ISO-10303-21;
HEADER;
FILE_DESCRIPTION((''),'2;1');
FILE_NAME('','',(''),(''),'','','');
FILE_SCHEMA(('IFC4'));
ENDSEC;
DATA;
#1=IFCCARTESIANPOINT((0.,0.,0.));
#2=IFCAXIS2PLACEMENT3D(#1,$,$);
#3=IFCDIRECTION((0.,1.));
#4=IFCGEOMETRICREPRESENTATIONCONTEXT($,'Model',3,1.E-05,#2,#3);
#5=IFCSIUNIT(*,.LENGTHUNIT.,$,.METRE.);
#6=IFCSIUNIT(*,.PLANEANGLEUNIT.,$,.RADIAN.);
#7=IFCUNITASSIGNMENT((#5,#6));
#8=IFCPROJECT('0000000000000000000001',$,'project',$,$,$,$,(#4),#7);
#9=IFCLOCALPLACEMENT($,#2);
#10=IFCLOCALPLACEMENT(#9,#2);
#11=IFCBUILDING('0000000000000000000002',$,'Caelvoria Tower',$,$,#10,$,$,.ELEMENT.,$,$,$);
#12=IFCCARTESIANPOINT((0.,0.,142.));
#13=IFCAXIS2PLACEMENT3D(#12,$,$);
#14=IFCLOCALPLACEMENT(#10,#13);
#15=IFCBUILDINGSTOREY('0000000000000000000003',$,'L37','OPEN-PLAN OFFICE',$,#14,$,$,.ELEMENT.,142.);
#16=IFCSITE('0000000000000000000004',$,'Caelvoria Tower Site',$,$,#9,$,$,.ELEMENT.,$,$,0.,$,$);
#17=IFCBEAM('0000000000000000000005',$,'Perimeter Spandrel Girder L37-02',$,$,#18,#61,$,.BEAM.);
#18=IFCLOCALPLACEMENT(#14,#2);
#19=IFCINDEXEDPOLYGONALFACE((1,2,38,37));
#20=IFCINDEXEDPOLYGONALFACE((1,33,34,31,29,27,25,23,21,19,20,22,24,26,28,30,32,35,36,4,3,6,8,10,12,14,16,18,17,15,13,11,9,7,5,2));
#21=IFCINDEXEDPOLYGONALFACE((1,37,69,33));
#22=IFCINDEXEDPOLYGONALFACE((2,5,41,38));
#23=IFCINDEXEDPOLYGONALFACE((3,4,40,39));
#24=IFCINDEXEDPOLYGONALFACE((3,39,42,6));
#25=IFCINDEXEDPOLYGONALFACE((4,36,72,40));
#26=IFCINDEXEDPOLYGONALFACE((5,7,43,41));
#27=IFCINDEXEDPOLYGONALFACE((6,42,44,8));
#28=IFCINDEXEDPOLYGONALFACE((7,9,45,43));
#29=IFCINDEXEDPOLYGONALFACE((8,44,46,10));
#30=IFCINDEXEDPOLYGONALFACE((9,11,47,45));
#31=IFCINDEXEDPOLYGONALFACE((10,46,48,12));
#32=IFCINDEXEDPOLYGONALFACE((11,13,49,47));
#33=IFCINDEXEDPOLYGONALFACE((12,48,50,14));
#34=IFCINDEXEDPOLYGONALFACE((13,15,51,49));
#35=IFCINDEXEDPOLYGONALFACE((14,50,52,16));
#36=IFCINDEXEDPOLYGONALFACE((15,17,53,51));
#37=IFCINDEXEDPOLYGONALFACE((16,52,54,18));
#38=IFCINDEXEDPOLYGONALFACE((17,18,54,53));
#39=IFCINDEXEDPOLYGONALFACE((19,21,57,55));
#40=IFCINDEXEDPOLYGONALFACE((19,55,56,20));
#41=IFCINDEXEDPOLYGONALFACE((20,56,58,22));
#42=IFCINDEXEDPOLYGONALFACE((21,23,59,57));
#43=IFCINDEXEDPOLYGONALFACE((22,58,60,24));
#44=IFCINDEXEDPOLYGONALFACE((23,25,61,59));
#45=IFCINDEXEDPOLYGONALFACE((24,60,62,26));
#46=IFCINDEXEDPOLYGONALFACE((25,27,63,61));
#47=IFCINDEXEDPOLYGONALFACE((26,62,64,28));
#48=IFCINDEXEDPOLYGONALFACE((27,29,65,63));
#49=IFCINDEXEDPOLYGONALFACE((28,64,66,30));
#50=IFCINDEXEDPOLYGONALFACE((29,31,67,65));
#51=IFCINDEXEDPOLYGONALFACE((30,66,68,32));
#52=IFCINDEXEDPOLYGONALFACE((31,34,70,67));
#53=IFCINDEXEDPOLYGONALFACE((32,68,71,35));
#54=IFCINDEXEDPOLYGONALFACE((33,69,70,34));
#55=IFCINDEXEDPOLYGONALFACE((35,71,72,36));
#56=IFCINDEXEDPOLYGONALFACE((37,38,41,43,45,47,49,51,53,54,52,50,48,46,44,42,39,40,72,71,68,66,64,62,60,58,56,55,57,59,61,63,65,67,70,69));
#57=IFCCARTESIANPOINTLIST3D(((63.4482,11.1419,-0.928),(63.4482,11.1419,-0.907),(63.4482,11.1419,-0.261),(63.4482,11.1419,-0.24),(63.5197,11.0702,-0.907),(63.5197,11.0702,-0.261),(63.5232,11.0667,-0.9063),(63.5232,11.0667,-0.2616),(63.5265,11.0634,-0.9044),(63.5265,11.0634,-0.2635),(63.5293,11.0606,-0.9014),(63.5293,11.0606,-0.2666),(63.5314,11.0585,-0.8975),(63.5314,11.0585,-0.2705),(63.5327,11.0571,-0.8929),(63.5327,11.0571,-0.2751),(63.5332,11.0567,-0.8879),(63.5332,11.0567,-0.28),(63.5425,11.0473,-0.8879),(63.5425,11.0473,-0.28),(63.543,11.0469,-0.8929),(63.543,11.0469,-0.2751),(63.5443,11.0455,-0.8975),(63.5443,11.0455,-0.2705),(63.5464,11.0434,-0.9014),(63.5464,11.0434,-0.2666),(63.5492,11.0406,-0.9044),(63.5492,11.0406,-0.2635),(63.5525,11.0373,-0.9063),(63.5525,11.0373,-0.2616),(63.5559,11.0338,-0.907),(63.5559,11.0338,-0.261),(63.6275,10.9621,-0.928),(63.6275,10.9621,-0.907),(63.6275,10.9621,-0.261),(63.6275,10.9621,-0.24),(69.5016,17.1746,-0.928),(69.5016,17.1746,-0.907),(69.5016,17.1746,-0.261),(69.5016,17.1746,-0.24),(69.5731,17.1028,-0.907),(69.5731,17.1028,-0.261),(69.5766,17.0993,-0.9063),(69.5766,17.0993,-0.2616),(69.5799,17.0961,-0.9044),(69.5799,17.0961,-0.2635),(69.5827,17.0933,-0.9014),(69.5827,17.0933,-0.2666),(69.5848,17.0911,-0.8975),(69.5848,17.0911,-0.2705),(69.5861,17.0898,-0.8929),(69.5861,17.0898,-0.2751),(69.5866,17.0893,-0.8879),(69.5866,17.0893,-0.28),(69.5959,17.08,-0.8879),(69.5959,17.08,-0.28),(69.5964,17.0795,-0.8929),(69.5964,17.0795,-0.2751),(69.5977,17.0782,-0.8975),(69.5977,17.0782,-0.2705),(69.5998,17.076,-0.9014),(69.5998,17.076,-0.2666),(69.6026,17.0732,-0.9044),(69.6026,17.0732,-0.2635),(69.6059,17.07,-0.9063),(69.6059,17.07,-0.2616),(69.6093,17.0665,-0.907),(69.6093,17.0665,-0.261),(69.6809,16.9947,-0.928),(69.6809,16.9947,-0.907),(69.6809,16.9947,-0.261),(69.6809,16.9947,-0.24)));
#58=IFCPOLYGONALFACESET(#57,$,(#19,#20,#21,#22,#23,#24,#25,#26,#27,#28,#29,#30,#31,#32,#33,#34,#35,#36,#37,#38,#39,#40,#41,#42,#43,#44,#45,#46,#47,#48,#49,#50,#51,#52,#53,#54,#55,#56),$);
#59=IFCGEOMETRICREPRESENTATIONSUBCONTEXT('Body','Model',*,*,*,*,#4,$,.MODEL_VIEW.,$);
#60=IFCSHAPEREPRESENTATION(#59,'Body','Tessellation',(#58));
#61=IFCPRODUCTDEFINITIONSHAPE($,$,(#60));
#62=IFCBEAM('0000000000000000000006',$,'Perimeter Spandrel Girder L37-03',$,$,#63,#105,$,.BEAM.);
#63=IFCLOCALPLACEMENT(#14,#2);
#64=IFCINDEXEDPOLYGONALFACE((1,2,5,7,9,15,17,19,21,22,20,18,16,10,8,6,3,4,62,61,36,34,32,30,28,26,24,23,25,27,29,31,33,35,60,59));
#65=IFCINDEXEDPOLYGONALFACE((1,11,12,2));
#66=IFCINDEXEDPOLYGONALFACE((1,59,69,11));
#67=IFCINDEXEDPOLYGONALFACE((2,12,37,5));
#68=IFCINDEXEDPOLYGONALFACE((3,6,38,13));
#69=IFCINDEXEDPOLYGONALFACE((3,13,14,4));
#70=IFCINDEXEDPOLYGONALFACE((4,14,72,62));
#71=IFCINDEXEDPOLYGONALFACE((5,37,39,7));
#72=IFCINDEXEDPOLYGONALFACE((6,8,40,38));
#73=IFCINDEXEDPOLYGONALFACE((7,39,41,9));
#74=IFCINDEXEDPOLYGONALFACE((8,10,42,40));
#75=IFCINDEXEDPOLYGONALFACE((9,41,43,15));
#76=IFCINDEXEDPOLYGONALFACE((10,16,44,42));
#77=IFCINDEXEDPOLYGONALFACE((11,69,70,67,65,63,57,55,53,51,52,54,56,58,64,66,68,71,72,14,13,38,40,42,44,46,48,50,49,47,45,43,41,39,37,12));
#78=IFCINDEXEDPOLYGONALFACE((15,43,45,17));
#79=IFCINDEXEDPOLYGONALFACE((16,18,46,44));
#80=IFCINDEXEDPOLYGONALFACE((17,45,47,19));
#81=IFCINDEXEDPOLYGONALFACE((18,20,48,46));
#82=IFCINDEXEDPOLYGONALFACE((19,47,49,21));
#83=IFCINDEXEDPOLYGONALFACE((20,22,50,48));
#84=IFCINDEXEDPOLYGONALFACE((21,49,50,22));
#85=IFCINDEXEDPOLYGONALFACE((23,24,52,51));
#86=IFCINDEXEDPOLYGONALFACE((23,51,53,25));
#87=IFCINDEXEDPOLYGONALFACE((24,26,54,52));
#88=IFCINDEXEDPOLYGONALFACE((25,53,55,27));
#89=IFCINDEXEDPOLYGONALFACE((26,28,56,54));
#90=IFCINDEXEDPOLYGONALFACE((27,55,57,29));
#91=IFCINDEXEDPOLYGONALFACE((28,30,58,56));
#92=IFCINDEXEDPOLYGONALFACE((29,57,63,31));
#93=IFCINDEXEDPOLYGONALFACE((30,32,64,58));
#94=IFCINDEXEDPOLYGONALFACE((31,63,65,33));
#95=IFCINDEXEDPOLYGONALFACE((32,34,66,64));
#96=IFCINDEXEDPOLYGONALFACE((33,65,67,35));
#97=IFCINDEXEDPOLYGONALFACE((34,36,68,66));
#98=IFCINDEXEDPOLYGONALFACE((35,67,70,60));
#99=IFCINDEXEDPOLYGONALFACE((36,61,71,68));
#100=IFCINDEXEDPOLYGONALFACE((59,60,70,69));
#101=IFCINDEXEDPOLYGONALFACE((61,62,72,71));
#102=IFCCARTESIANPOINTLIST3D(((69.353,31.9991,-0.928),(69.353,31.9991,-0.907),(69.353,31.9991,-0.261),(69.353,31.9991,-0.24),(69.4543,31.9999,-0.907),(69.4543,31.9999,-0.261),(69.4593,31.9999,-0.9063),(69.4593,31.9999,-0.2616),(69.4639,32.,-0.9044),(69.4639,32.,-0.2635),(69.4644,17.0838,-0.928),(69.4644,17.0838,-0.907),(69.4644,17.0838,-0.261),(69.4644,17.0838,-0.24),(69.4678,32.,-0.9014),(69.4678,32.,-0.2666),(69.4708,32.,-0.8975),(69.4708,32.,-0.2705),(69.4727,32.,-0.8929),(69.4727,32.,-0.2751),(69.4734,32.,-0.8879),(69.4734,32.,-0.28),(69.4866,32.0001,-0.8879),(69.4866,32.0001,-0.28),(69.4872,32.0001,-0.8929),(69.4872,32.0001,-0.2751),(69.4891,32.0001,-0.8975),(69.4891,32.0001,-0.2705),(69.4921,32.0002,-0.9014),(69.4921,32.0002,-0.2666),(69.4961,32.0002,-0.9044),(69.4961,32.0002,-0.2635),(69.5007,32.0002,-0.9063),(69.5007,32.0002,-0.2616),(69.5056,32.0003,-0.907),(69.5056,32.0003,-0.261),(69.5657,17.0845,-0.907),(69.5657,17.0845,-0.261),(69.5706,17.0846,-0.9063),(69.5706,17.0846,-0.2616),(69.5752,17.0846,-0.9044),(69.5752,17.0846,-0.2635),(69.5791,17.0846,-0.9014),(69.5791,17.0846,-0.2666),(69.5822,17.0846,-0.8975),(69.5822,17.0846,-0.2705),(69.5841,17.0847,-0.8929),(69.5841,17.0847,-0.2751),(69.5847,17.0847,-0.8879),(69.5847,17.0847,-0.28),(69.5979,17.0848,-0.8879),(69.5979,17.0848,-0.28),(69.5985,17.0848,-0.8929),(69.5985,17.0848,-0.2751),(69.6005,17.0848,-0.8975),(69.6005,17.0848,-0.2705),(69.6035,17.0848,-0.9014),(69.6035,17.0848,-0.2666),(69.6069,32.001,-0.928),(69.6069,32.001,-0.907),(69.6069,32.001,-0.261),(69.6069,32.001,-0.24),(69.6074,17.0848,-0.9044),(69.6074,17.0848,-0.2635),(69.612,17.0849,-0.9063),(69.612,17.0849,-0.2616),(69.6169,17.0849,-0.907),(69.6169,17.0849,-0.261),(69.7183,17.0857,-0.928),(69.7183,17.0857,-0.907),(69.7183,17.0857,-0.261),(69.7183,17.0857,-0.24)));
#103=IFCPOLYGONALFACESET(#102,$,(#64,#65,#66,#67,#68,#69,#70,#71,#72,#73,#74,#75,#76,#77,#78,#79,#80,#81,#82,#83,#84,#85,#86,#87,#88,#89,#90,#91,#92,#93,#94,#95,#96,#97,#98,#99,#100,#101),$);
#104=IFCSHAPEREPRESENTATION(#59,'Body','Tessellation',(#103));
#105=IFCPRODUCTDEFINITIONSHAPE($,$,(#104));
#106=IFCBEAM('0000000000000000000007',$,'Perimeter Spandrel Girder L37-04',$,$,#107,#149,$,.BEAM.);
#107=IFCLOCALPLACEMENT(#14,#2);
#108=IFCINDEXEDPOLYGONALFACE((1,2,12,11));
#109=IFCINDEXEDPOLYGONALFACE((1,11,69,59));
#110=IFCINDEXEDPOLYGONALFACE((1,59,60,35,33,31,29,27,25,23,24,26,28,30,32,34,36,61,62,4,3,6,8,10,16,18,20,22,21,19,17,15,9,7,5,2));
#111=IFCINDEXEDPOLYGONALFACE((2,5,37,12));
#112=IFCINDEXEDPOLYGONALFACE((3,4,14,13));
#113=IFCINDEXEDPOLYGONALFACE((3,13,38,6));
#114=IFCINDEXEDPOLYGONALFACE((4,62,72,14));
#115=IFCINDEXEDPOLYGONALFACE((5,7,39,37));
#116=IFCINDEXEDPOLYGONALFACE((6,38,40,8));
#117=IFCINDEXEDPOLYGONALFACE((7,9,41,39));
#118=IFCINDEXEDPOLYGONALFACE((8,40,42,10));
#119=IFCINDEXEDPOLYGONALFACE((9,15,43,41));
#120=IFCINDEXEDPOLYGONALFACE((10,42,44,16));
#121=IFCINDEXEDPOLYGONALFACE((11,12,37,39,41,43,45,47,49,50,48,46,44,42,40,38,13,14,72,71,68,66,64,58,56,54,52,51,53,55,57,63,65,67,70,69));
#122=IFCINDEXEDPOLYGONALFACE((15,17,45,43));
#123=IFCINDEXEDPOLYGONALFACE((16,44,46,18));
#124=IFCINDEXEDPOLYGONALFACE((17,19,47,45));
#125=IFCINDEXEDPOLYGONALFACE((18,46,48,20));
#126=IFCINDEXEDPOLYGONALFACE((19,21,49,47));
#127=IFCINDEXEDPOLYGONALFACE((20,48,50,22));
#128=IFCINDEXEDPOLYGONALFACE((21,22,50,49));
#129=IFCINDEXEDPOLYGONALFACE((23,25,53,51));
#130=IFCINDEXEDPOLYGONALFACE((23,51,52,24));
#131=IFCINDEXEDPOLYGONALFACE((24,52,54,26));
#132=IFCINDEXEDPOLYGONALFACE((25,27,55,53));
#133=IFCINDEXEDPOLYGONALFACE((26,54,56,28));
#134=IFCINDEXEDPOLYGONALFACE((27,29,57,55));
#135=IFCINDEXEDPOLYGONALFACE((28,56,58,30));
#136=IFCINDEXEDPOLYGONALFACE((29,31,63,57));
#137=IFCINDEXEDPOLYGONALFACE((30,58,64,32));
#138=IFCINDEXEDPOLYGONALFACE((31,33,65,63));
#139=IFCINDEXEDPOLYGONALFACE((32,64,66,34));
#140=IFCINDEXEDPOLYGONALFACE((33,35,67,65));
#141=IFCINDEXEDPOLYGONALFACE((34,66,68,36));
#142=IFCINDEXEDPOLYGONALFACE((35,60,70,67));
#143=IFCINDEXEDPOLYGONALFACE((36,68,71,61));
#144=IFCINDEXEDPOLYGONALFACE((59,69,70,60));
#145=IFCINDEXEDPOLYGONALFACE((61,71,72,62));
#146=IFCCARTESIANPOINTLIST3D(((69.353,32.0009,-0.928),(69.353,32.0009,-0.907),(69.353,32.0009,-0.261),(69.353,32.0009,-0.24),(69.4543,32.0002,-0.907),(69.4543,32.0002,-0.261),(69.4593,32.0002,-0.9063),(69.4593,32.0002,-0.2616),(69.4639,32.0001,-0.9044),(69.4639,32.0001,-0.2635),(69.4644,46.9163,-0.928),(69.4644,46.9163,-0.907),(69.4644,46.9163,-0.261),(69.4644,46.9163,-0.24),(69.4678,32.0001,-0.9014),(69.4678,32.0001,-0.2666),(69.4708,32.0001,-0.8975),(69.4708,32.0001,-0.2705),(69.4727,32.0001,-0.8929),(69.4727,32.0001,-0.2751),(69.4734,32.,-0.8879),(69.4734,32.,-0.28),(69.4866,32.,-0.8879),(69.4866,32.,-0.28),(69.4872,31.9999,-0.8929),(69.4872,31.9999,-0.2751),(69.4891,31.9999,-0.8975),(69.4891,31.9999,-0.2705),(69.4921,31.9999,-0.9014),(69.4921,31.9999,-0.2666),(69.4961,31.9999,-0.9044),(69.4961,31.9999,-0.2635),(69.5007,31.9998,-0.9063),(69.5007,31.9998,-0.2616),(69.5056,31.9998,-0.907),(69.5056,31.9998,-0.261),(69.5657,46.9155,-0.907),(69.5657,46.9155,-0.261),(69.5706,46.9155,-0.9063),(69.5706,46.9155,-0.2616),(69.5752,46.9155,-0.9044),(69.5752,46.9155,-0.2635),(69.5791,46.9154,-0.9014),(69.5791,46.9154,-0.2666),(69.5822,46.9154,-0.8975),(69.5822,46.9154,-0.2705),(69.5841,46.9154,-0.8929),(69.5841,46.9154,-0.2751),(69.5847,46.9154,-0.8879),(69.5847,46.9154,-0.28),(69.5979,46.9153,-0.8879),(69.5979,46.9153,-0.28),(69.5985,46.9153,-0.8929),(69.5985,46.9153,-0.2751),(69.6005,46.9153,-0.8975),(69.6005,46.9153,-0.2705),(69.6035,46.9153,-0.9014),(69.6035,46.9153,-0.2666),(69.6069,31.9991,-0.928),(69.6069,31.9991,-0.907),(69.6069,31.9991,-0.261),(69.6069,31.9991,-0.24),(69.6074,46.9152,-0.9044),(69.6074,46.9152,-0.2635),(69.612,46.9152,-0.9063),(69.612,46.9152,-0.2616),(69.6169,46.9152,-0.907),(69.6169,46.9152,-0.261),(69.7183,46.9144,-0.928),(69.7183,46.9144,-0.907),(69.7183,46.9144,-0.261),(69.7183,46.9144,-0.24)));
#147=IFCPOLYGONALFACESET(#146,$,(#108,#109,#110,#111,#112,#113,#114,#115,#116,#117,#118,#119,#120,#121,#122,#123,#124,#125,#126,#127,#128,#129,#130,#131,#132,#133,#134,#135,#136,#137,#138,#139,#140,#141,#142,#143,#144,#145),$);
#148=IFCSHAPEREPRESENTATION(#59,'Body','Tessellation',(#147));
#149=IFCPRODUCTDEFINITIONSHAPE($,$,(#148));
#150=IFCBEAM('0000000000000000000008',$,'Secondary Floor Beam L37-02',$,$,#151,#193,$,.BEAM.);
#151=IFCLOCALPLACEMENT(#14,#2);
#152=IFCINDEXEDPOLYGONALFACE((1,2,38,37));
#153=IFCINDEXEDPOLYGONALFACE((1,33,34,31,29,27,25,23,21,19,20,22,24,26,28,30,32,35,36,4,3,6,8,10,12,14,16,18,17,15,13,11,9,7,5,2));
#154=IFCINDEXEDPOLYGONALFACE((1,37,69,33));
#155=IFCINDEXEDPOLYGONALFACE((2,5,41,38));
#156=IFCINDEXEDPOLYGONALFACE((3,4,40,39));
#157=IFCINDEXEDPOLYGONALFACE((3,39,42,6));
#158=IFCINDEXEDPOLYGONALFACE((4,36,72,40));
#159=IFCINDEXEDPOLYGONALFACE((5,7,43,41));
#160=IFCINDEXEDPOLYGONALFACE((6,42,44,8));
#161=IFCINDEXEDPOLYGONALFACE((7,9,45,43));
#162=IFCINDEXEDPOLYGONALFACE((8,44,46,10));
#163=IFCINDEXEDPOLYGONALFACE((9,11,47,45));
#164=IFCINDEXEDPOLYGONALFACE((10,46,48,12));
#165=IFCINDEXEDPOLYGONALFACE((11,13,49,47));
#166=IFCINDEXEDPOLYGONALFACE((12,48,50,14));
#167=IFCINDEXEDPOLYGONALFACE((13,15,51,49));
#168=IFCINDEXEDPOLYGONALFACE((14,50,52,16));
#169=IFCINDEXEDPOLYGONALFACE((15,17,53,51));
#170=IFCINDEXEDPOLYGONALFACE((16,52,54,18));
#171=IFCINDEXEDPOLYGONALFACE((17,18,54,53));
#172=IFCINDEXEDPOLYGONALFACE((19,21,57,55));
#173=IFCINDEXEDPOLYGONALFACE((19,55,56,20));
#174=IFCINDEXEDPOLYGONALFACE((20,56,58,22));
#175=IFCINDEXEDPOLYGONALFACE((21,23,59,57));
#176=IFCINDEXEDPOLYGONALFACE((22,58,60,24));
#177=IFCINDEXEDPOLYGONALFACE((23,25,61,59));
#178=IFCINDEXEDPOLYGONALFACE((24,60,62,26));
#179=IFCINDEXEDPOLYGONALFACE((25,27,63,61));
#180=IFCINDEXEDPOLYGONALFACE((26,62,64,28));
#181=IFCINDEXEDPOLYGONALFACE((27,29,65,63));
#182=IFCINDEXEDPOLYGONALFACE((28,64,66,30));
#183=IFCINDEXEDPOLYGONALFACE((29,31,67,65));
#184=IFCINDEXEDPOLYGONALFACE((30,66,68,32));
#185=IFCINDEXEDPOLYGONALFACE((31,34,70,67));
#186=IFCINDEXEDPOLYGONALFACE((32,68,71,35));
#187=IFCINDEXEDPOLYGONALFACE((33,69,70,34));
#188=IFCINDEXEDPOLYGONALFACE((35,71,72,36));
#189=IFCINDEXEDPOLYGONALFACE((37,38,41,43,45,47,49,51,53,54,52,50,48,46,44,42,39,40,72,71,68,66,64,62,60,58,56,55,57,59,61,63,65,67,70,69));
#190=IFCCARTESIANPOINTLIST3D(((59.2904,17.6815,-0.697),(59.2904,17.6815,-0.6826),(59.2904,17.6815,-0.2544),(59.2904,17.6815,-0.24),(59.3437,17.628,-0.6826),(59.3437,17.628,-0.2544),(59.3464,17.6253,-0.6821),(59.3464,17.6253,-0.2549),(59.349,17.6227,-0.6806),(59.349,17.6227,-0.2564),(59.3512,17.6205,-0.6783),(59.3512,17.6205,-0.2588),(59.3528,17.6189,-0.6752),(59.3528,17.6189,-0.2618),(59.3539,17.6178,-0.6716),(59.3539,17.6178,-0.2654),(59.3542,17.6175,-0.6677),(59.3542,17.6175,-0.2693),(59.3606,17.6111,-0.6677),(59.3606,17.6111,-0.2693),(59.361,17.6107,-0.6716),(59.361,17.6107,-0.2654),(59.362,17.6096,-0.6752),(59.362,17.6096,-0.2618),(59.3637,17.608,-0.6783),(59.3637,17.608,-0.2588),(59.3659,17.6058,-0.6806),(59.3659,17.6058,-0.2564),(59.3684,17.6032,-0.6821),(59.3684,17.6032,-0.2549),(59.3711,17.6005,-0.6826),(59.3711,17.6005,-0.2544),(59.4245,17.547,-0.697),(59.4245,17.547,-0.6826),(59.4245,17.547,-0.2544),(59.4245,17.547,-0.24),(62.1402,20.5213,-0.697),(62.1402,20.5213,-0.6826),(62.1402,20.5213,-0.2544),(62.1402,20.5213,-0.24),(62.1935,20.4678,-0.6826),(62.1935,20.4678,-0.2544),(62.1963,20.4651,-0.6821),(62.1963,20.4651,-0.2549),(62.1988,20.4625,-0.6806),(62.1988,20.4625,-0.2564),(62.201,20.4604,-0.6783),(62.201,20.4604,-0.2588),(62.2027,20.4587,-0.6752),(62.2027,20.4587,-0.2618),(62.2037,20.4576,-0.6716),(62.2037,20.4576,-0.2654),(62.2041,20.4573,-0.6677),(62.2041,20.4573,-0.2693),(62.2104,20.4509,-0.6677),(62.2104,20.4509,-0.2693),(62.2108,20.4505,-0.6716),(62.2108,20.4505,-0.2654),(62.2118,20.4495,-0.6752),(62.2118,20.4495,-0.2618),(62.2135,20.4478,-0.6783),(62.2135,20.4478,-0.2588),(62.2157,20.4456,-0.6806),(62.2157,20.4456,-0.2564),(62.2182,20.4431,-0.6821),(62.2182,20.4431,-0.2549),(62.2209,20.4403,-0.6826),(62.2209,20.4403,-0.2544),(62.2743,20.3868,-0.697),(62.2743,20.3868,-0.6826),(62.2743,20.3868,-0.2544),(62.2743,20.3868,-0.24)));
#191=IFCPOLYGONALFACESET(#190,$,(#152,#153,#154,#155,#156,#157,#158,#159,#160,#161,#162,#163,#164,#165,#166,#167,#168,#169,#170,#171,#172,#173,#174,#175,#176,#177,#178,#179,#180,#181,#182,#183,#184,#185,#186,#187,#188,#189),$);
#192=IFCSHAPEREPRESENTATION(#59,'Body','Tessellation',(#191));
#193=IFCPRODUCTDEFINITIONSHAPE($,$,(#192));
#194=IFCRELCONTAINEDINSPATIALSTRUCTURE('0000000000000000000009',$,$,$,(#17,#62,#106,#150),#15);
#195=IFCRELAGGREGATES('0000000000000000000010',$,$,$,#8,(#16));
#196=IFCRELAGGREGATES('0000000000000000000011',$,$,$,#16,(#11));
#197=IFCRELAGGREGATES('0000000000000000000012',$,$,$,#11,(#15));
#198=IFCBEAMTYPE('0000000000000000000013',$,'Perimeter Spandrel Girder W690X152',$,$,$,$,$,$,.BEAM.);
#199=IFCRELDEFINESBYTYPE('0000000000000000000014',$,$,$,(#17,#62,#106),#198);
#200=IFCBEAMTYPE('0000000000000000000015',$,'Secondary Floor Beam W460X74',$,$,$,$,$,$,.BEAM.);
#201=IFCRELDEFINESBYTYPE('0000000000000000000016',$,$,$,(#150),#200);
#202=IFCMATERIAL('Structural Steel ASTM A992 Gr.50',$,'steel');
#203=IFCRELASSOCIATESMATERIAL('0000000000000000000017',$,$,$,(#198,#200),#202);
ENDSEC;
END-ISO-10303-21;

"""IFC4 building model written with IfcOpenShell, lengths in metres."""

from ifc_helpers import new_model, si_unit, direction, frame, origin, origin_2d, place, context, subcontext, project, spatial, i_section, extrude, material, material_profile, profile_set, type_object, element, save


model = new_model("IFC4")

# Units and contexts
model_context = context("Model", 3, precision=1e-05, world=origin(), true_north=direction((0.0, 1.0)))
body_context = subcontext(model_context, "Body", "Model", "MODEL_VIEW")
ifc_project = project(units=[si_unit("LENGTHUNIT", "METRE"), si_unit("PLANEANGLEUNIT", "RADIAN")], contexts=[model_context])

# Site, building, storey
site_placement = place(None, origin())
site = spatial("IfcSite", under=ifc_project, at=site_placement, Name="Caelvoria Tower Site", CompositionType="ELEMENT", RefElevation=0.0)
building_placement = place(site_placement, origin())
building = spatial("IfcBuilding", under=site, at=building_placement, Name="Caelvoria Tower", CompositionType="ELEMENT")
storey_placement = place(building_placement, frame((0.0, 0.0, 142.0)))
storey = spatial("IfcBuildingStorey", under=building, at=storey_placement, Name="L37", Description="OPEN-PLAN OFFICE", CompositionType="ELEMENT", Elevation=142.0)

# Shared definitions
ifc_material_1 = material(Name="Structural Steel ASTM A992 Gr.50", Category="steel")

# Beams
ifc_material_profile_1 = material_profile(ifc_material_1, i_section(OverallWidth=0.2539, OverallDepth=0.688, WebThickness=0.0132, FlangeThickness=0.021, FilletRadius=0.019, at=origin_2d()), Name="Structural Steel ASTM A992 Gr.50")
ifc_profile_set_1 = profile_set([ifc_material_profile_1], Name="W690X152 - Structural Steel ASTM A992 Gr.50")
beam_type_1 = type_object("IfcBeamType", Name="Perimeter Spandrel Girder W690X152", PredefinedType="BEAM", material=ifc_profile_set_1)
beam_1_placement = place(storey_placement, frame((63.5378, 11.052, -0.584), z_axis=(0.70832, 0.705892, 0.0), x_axis=(-0.705892, 0.70832, 0.0)))
element("IfcBeam", 1, at=beam_1_placement, inside=storey, type_object=beam_type_1, Name="Perimeter Spandrel Girder L37-02", PredefinedType="BEAM", context=body_context, shape_type="SweptSolid", body=[
    extrude(i_section(OverallWidth=0.2539, OverallDepth=0.688, WebThickness=0.0132, FlangeThickness=0.021, FilletRadius=0.019, at=origin_2d()), origin(), (0.0, 0.0, 1.0), 8.5461),
])
for number, where, z_axis, x_axis, name in (
    (2, (69.5913, 17.0847, -0.584), (-0.007464, 0.999972, 0.0), (-0.999972, -0.007464, 0.0), "Perimeter Spandrel Girder L37-03"),
    (3, (69.48, 32.0, -0.584), (0.007464, 0.999972, 0.0), (-0.999972, 0.007464, 0.0), "Perimeter Spandrel Girder L37-04"),
):
    element("IfcBeam", number, at=place(storey_placement, frame(where, z_axis=z_axis, x_axis=x_axis)), inside=storey, type_object=beam_type_1, Name=name, PredefinedType="BEAM", context=body_context, shape_type="SweptSolid", body=[
        extrude(i_section(OverallWidth=0.2539, OverallDepth=0.688, WebThickness=0.0132, FlangeThickness=0.021, FilletRadius=0.019, at=origin_2d()), origin(), (0.0, 0.0, 1.0), 14.9158),
    ])
ifc_material_profile_2 = material_profile(ifc_material_1, i_section(OverallWidth=0.1899, OverallDepth=0.457, WebThickness=0.009, FlangeThickness=0.0144, FilletRadius=0.0149, at=origin_2d()), Name="Structural Steel ASTM A992 Gr.50")
ifc_profile_set_2 = profile_set([ifc_material_profile_2], Name="W460X74 - Structural Steel ASTM A992 Gr.50")
beam_type_2 = type_object("IfcBeamType", Name="Secondary Floor Beam W460X74", PredefinedType="BEAM", material=ifc_profile_set_2)
beam_2_placement = place(storey_placement, frame((59.3574, 17.6143, -0.4685), z_axis=(0.70835, 0.705862, 0.0), x_axis=(-0.705862, 0.70835, 0.0)))
element("IfcBeam", 4, at=beam_2_placement, inside=storey, type_object=beam_type_2, Name="Secondary Floor Beam L37-02", PredefinedType="BEAM", context=body_context, shape_type="SweptSolid", body=[
    extrude(i_section(OverallWidth=0.1899, OverallDepth=0.457, WebThickness=0.009, FlangeThickness=0.0144, FilletRadius=0.0149, at=origin_2d()), origin(), (0.0, 0.0, 1.0), 4.0232),
])

save(model, "model.ifc")
